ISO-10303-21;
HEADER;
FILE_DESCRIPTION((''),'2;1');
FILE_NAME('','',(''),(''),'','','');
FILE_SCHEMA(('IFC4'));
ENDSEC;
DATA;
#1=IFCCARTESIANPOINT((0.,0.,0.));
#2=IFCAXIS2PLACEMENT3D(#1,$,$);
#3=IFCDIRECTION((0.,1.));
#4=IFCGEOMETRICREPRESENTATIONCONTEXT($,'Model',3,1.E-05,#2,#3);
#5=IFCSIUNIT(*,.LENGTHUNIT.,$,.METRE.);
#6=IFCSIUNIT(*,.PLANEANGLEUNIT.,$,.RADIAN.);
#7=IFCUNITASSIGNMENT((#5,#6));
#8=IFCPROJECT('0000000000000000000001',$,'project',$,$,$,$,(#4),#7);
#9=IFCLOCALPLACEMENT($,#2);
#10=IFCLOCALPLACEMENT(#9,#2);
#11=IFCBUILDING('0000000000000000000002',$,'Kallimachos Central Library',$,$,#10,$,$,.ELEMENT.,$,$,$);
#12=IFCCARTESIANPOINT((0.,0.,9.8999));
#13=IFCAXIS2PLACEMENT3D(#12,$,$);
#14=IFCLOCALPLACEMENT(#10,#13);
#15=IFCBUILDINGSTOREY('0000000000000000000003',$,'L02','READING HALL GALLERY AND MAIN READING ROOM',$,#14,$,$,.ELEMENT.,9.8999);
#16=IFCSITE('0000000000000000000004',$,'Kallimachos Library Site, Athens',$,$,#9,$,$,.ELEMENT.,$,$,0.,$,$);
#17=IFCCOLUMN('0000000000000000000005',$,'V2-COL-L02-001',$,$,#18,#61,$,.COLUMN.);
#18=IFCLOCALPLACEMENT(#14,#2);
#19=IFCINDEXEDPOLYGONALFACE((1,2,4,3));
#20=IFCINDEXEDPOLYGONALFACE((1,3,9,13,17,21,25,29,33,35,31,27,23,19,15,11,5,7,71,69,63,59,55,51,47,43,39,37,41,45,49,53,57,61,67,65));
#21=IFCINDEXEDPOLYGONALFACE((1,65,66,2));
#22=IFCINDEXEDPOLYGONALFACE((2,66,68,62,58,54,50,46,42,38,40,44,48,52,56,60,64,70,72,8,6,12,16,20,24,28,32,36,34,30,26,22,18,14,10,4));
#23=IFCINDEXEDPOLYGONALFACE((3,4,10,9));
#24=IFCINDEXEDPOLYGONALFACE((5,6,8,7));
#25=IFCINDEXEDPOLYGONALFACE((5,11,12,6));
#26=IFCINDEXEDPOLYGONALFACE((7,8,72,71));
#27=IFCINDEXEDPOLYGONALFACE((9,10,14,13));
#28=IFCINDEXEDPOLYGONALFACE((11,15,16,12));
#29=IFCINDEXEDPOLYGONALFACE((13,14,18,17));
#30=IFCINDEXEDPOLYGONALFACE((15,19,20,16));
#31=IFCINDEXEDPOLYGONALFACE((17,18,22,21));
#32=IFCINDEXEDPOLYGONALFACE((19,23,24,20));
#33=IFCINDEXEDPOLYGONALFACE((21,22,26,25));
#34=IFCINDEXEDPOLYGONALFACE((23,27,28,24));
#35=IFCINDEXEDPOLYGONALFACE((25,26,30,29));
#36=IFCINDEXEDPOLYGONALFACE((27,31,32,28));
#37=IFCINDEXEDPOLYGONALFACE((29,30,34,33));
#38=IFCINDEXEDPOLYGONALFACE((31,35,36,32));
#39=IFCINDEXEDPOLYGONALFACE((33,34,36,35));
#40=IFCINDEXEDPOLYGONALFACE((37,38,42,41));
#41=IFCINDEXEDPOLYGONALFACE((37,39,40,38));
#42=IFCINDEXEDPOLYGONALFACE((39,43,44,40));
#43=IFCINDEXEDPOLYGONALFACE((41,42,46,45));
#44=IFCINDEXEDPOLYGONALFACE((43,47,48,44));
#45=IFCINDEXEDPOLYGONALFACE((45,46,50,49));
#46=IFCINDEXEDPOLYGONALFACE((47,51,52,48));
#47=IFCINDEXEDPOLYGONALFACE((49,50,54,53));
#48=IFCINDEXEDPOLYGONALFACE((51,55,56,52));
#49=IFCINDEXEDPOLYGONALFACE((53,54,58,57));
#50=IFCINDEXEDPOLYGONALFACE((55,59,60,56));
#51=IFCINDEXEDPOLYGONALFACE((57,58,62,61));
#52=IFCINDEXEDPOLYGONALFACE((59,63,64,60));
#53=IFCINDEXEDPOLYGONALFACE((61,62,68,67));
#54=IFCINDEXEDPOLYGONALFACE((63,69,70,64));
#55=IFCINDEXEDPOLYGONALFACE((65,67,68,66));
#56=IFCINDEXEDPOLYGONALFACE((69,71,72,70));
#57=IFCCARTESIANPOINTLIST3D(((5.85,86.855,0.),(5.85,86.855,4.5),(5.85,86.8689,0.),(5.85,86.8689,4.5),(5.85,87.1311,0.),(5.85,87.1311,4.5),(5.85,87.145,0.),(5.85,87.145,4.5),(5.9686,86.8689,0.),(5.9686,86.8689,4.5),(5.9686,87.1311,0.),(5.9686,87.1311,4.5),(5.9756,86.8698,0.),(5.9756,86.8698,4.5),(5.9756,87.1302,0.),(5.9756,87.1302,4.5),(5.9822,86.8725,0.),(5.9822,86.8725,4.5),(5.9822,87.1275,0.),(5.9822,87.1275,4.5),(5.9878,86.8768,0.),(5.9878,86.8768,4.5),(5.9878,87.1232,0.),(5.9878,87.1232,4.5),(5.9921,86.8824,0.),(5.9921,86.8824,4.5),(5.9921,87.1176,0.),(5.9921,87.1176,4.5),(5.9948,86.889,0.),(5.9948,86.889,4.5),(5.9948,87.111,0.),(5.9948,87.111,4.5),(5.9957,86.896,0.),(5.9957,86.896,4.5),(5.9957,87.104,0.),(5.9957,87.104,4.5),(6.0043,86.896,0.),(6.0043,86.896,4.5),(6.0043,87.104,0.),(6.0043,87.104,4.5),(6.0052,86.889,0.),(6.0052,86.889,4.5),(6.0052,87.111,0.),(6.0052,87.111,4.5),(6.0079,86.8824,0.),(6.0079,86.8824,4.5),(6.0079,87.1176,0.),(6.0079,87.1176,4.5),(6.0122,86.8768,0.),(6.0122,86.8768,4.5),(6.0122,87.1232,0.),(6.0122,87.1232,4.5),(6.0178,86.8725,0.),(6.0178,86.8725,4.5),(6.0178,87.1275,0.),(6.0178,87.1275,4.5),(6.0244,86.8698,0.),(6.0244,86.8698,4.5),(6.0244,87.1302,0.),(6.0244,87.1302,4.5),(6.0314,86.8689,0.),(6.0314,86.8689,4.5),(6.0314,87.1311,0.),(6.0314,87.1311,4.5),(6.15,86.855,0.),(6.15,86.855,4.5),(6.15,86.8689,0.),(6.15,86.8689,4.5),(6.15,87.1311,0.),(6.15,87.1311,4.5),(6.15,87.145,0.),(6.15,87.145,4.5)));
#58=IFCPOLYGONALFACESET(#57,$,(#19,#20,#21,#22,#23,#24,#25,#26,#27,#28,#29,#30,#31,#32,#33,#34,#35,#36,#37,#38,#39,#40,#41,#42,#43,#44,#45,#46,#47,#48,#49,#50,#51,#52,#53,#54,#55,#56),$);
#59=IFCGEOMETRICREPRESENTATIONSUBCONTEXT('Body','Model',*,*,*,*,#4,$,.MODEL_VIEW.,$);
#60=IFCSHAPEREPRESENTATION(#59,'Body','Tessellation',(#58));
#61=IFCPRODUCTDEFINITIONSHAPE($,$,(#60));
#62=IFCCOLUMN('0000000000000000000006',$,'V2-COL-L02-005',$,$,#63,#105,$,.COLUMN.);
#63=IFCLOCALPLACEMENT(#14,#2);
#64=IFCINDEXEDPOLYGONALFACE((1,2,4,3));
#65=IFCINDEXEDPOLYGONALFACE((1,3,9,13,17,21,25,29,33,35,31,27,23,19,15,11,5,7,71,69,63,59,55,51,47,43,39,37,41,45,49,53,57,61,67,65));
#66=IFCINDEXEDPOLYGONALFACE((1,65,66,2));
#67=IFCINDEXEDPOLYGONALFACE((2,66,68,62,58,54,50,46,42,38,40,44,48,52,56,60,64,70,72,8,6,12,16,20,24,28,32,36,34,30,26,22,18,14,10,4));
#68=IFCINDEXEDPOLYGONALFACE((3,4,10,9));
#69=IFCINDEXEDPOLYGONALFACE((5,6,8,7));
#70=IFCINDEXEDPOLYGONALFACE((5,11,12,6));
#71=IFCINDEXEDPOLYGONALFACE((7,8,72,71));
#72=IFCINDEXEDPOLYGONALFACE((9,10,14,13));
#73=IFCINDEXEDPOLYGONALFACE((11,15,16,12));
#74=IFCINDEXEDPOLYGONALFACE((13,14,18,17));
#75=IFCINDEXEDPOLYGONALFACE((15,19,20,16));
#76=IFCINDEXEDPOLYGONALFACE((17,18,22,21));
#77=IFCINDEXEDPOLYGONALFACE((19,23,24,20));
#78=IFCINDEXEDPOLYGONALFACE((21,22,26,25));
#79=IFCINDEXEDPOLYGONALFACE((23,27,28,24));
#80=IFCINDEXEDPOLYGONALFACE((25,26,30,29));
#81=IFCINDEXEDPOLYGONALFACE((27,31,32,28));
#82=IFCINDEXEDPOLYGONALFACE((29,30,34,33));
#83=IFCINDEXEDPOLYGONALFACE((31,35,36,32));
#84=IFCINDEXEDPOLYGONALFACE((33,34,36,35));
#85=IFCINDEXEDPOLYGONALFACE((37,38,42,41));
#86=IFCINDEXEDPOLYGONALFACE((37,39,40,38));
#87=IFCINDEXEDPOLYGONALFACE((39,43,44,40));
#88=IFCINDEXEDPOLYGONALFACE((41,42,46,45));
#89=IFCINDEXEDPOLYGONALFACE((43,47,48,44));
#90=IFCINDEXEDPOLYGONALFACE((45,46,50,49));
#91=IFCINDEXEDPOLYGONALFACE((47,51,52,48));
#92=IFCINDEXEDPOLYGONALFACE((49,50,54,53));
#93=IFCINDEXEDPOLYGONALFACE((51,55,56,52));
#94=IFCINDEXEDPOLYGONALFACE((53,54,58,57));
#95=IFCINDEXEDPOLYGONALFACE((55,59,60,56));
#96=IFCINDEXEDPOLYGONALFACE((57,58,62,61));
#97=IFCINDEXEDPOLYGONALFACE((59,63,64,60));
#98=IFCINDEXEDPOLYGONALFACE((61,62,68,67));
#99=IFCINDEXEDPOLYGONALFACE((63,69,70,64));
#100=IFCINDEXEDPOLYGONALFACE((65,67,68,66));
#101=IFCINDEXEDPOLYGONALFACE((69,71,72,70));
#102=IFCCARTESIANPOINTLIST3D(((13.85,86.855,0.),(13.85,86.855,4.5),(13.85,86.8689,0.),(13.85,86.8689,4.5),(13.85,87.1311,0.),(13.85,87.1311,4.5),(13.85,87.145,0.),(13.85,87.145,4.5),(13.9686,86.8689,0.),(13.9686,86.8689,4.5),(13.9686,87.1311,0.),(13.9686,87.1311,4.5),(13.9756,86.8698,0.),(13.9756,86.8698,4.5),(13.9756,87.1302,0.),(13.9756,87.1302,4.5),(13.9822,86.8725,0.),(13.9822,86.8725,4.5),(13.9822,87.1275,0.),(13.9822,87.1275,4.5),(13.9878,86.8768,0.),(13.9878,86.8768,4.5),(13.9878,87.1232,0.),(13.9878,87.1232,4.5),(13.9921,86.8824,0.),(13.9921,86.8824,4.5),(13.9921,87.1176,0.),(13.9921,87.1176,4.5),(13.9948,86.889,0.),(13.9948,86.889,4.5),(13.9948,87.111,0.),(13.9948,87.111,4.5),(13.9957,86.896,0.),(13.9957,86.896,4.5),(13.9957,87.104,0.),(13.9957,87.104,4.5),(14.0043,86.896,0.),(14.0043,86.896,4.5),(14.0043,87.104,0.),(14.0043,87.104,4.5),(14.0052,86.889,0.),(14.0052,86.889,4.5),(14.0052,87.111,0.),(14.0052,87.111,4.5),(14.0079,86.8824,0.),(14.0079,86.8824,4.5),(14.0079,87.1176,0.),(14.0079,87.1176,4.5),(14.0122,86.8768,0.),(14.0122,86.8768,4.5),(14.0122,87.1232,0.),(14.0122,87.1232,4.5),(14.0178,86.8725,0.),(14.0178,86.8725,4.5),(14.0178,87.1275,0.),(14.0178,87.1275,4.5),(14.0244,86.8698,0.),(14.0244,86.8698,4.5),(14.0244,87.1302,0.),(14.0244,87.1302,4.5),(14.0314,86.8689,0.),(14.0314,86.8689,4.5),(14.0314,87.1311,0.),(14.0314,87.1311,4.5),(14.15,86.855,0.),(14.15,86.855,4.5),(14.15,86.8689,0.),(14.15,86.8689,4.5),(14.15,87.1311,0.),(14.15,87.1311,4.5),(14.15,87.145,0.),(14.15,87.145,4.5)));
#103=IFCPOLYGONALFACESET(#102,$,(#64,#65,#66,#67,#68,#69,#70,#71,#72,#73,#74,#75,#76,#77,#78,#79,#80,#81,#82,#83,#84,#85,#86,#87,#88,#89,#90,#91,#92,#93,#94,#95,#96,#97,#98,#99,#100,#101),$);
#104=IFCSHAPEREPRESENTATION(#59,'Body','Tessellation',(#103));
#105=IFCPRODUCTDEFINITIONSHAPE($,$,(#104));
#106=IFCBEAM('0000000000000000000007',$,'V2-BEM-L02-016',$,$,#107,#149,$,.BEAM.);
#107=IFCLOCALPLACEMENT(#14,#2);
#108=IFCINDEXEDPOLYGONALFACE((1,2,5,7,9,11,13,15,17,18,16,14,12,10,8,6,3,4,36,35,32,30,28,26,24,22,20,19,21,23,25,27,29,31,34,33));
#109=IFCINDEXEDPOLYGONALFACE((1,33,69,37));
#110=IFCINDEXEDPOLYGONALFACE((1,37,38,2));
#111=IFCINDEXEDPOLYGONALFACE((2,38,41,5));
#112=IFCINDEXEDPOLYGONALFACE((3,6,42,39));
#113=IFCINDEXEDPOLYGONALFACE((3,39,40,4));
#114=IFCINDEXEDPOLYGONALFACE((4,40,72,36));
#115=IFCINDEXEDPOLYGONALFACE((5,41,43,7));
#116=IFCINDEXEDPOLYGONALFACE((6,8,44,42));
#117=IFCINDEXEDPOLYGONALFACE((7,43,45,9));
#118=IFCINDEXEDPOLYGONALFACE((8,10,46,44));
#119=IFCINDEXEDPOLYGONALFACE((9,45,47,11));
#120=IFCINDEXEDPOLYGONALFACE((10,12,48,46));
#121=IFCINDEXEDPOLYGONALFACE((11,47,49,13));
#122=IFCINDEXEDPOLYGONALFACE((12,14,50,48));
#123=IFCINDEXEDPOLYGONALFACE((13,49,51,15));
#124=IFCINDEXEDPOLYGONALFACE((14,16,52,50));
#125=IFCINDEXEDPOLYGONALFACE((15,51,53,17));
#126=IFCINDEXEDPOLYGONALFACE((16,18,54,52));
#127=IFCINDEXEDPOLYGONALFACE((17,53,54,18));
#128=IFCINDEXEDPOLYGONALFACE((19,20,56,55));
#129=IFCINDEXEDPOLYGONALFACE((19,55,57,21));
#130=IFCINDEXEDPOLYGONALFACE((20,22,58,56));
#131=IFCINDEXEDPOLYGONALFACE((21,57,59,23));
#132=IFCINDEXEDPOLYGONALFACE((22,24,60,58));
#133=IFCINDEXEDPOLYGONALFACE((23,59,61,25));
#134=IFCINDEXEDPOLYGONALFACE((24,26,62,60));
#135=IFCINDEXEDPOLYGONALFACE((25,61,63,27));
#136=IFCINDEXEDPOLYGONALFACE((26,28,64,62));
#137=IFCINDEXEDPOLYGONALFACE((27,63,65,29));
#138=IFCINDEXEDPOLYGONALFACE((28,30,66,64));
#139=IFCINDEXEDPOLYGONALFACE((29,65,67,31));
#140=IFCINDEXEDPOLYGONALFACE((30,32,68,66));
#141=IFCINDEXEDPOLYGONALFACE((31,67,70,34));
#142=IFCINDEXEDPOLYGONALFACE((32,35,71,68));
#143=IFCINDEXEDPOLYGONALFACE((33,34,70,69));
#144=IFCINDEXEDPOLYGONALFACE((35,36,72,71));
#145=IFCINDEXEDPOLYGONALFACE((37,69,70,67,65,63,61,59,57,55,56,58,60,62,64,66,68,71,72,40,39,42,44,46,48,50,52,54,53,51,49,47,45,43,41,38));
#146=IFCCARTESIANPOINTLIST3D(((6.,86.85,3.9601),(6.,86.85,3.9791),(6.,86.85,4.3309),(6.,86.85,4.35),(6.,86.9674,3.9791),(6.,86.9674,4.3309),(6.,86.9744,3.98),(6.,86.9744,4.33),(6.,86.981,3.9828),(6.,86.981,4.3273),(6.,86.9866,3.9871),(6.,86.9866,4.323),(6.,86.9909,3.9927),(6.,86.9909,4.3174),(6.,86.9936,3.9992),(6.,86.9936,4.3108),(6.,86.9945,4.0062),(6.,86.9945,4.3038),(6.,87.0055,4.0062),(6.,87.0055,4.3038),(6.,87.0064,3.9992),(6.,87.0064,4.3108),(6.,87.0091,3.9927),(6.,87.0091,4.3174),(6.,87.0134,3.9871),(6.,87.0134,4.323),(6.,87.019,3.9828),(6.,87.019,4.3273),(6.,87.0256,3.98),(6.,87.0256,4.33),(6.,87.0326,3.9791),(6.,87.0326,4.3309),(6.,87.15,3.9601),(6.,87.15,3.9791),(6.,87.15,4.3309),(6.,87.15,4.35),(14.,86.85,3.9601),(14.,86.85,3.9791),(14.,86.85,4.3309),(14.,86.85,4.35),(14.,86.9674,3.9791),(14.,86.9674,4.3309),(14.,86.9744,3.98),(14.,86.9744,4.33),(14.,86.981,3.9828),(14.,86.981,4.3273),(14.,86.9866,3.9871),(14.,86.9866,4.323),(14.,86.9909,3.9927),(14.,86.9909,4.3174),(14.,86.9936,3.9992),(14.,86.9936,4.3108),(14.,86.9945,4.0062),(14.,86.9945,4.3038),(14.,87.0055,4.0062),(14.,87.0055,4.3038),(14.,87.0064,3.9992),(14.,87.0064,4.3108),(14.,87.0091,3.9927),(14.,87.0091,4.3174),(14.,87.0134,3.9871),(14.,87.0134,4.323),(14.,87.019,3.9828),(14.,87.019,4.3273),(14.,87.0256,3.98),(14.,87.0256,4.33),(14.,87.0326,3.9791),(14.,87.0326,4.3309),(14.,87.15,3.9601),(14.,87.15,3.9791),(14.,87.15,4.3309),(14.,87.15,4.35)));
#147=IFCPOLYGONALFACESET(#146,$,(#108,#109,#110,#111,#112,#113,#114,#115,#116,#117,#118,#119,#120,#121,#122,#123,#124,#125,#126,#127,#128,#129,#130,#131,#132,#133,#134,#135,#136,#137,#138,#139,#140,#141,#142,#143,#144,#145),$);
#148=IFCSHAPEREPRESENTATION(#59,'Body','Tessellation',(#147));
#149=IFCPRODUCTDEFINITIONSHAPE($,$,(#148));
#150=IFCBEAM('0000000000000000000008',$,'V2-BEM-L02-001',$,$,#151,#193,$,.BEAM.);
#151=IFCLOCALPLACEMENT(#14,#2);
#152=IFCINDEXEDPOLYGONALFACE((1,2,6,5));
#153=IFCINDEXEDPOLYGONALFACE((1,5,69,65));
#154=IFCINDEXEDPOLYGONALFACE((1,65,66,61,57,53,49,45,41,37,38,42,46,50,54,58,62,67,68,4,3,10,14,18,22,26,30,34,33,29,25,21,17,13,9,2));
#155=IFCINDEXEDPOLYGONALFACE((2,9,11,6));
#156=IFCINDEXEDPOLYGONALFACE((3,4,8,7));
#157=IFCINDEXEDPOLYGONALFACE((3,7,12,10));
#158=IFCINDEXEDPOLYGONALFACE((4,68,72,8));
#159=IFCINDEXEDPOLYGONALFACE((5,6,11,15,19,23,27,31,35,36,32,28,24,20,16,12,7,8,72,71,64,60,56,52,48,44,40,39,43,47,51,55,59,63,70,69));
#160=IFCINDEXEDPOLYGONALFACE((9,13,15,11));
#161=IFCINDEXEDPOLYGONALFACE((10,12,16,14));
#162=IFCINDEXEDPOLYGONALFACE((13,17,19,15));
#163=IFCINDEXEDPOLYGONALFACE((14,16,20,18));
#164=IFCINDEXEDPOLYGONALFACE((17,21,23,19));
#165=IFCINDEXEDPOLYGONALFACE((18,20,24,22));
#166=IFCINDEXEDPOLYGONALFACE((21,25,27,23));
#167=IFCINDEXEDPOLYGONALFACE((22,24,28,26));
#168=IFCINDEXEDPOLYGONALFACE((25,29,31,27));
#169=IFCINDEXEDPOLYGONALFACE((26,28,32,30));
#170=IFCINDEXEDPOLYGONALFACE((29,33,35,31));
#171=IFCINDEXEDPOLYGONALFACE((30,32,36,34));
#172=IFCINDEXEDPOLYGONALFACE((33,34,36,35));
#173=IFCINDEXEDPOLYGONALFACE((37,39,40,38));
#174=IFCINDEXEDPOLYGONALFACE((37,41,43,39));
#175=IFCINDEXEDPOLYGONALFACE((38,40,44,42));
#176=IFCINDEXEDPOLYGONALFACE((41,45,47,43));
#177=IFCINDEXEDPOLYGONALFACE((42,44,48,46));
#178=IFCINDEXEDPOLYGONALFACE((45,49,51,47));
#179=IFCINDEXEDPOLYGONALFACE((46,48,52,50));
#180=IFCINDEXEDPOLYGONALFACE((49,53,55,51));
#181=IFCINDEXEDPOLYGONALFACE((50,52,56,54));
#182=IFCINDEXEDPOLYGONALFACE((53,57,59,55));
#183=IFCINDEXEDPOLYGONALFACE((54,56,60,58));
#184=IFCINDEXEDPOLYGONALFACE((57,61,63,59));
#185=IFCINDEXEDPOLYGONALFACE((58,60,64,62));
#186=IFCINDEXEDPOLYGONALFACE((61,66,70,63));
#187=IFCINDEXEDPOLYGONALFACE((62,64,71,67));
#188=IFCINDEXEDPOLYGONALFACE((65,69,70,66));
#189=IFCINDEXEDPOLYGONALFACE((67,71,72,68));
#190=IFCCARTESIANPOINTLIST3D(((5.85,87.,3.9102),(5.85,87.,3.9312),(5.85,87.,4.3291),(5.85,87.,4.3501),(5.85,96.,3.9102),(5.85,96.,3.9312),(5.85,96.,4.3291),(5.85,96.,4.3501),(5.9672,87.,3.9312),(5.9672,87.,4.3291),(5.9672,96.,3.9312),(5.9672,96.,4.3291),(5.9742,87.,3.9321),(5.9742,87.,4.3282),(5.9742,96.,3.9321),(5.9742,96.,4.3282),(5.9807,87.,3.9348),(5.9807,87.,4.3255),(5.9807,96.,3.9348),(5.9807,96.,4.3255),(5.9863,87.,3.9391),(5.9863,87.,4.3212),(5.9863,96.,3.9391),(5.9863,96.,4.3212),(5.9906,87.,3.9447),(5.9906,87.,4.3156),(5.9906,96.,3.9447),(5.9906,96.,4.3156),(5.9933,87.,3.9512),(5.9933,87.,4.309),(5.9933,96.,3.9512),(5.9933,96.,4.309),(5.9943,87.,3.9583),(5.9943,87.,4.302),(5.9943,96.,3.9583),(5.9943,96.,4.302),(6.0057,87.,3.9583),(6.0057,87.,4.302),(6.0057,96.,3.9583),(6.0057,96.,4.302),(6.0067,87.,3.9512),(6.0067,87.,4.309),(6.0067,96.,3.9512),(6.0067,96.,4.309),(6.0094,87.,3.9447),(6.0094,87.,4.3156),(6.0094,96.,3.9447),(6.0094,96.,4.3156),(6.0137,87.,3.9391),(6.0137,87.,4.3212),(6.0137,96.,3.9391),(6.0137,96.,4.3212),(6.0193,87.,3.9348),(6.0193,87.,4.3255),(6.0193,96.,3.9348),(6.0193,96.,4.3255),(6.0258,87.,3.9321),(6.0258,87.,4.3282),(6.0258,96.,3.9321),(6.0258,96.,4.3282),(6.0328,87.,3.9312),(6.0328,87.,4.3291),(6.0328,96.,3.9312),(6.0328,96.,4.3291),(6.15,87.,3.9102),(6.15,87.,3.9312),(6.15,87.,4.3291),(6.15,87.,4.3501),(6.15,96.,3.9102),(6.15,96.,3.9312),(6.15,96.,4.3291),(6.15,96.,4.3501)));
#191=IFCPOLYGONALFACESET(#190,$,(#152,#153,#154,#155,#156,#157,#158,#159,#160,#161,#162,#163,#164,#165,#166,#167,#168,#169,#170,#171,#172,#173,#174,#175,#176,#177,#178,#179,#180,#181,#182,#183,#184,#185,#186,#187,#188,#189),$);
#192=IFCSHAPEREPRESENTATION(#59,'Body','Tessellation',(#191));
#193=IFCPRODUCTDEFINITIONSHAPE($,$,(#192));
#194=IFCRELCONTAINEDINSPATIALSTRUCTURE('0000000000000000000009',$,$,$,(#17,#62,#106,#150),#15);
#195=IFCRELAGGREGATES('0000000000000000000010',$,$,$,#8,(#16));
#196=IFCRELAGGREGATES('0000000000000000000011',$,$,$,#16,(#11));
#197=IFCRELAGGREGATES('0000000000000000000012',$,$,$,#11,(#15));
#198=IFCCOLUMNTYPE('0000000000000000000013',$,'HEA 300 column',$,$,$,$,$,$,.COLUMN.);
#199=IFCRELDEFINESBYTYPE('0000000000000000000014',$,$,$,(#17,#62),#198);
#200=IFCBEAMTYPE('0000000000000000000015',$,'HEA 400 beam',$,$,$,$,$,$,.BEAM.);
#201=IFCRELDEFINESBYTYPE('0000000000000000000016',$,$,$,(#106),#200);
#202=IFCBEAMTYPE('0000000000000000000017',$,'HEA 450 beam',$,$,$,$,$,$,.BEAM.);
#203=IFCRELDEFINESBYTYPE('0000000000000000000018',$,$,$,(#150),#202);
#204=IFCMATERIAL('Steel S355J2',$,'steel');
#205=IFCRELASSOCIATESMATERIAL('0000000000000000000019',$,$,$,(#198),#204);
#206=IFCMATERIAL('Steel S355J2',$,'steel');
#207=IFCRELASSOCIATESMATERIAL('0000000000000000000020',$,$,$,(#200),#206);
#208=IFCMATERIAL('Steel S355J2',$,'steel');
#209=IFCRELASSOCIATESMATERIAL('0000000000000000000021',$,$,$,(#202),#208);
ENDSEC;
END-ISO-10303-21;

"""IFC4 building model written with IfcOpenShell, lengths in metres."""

from ifc_helpers import new_model, si_unit, direction, frame, origin, origin_2d, place, context, subcontext, project, spatial, i_section, extrude, material, material_profile, profile_set, type_object, element, save


model = new_model("IFC4")

# Units and contexts
model_context = context("Model", 3, precision=1e-05, world=origin(), true_north=direction((0.0, 1.0)))
body_context = subcontext(model_context, "Body", "Model", "MODEL_VIEW")
ifc_project = project(units=[si_unit("LENGTHUNIT", "METRE"), si_unit("PLANEANGLEUNIT", "RADIAN")], contexts=[model_context])

# Site, building, storey
site_placement = place(None, origin())
site = spatial("IfcSite", under=ifc_project, at=site_placement, Name="Kallimachos Library Site, Athens", CompositionType="ELEMENT", RefElevation=0.0)
building_placement = place(site_placement, origin())
building = spatial("IfcBuilding", under=site, at=building_placement, Name="Kallimachos Central Library", CompositionType="ELEMENT")
storey_placement = place(building_placement, frame((0.0, 0.0, 9.8999)))
storey = spatial("IfcBuildingStorey", under=building, at=storey_placement, Name="L02", Description="READING HALL GALLERY AND MAIN READING ROOM", CompositionType="ELEMENT", Elevation=9.8999)

# Columns
ifc_material_1 = material(Name="Steel S355J2", Category="steel")
ifc_material_profile_1 = material_profile(ifc_material_1, i_section(OverallWidth=0.3, OverallDepth=0.29, WebThickness=0.0085, FlangeThickness=0.0139, FilletRadius=0.0271, at=origin_2d()), Name="HEA 300")
ifc_profile_set_1 = profile_set([ifc_material_profile_1], Name="Steel S355J2")
column_type = type_object("IfcColumnType", Name="HEA 300 column", PredefinedType="COLUMN", material=ifc_profile_set_1)
for number, where, z_axis, x_axis, name in (
    (1, (6.0, 87.0, 0.0), (0.0, 0.0, 1.0), (1.0, 0.0, 0.0), "V2-COL-L02-001"),
    (2, (14.0, 87.0, 0.0), (0.0, 0.0, 1.0), (1.0, 0.0, 0.0), "V2-COL-L02-005"),
):
    element("IfcColumn", number, at=place(storey_placement, frame(where, z_axis=z_axis, x_axis=x_axis)), inside=storey, type_object=column_type, Name=name, PredefinedType="COLUMN", context=body_context, shape_type="SweptSolid", body=[
        extrude(i_section(OverallWidth=0.3, OverallDepth=0.29, WebThickness=0.0085, FlangeThickness=0.0139, FilletRadius=0.0271, at=origin_2d()), origin(), (0.0, 0.0, 1.0), 4.5),
    ])

# Beams
ifc_material_2 = material(Name="Steel S355J2", Category="steel")
ifc_material_profile_2 = material_profile(ifc_material_2, i_section(OverallWidth=0.3, OverallDepth=0.3899, WebThickness=0.011, FlangeThickness=0.019, FilletRadius=0.0271, at=origin_2d()), Name="HEA 400")
ifc_profile_set_2 = profile_set([ifc_material_profile_2], Name="Steel S355J2")
beam_type_1 = type_object("IfcBeamType", Name="HEA 400 beam", PredefinedType="BEAM", material=ifc_profile_set_2)
beam_1_placement = place(storey_placement, frame((6.0, 87.0, 4.155), z_axis=(1.0, 0.0, 0.0), x_axis=(0.0, 1.0, 0.0)))
element("IfcBeam", 3, at=beam_1_placement, inside=storey, type_object=beam_type_1, Name="V2-BEM-L02-016", PredefinedType="BEAM", context=body_context, shape_type="SweptSolid", body=[
    extrude(i_section(OverallWidth=0.3, OverallDepth=0.3899, WebThickness=0.011, FlangeThickness=0.019, FilletRadius=0.0271, at=origin_2d()), origin(), (0.0, 0.0, 1.0), 8.0),
])
ifc_material_3 = material(Name="Steel S355J2", Category="steel")
ifc_material_profile_3 = material_profile(ifc_material_3, i_section(OverallWidth=0.3, OverallDepth=0.4399, WebThickness=0.0115, FlangeThickness=0.021, FilletRadius=0.0271, at=origin_2d()), Name="HEA 450")
ifc_profile_set_3 = profile_set([ifc_material_profile_3], Name="Steel S355J2")
beam_type_2 = type_object("IfcBeamType", Name="HEA 450 beam", PredefinedType="BEAM", material=ifc_profile_set_3)
beam_2_placement = place(storey_placement, frame((6.0, 87.0, 4.1301), z_axis=(0.0, 1.0, 0.0), x_axis=(-1.0, 0.0, 0.0)))
element("IfcBeam", 4, at=beam_2_placement, inside=storey, type_object=beam_type_2, Name="V2-BEM-L02-001", PredefinedType="BEAM", context=body_context, shape_type="SweptSolid", body=[
    extrude(i_section(OverallWidth=0.3, OverallDepth=0.4399, WebThickness=0.0115, FlangeThickness=0.021, FilletRadius=0.0271, at=origin_2d()), origin(), (0.0, 0.0, 1.0), 9.0),
])

save(model, "model.ifc")
